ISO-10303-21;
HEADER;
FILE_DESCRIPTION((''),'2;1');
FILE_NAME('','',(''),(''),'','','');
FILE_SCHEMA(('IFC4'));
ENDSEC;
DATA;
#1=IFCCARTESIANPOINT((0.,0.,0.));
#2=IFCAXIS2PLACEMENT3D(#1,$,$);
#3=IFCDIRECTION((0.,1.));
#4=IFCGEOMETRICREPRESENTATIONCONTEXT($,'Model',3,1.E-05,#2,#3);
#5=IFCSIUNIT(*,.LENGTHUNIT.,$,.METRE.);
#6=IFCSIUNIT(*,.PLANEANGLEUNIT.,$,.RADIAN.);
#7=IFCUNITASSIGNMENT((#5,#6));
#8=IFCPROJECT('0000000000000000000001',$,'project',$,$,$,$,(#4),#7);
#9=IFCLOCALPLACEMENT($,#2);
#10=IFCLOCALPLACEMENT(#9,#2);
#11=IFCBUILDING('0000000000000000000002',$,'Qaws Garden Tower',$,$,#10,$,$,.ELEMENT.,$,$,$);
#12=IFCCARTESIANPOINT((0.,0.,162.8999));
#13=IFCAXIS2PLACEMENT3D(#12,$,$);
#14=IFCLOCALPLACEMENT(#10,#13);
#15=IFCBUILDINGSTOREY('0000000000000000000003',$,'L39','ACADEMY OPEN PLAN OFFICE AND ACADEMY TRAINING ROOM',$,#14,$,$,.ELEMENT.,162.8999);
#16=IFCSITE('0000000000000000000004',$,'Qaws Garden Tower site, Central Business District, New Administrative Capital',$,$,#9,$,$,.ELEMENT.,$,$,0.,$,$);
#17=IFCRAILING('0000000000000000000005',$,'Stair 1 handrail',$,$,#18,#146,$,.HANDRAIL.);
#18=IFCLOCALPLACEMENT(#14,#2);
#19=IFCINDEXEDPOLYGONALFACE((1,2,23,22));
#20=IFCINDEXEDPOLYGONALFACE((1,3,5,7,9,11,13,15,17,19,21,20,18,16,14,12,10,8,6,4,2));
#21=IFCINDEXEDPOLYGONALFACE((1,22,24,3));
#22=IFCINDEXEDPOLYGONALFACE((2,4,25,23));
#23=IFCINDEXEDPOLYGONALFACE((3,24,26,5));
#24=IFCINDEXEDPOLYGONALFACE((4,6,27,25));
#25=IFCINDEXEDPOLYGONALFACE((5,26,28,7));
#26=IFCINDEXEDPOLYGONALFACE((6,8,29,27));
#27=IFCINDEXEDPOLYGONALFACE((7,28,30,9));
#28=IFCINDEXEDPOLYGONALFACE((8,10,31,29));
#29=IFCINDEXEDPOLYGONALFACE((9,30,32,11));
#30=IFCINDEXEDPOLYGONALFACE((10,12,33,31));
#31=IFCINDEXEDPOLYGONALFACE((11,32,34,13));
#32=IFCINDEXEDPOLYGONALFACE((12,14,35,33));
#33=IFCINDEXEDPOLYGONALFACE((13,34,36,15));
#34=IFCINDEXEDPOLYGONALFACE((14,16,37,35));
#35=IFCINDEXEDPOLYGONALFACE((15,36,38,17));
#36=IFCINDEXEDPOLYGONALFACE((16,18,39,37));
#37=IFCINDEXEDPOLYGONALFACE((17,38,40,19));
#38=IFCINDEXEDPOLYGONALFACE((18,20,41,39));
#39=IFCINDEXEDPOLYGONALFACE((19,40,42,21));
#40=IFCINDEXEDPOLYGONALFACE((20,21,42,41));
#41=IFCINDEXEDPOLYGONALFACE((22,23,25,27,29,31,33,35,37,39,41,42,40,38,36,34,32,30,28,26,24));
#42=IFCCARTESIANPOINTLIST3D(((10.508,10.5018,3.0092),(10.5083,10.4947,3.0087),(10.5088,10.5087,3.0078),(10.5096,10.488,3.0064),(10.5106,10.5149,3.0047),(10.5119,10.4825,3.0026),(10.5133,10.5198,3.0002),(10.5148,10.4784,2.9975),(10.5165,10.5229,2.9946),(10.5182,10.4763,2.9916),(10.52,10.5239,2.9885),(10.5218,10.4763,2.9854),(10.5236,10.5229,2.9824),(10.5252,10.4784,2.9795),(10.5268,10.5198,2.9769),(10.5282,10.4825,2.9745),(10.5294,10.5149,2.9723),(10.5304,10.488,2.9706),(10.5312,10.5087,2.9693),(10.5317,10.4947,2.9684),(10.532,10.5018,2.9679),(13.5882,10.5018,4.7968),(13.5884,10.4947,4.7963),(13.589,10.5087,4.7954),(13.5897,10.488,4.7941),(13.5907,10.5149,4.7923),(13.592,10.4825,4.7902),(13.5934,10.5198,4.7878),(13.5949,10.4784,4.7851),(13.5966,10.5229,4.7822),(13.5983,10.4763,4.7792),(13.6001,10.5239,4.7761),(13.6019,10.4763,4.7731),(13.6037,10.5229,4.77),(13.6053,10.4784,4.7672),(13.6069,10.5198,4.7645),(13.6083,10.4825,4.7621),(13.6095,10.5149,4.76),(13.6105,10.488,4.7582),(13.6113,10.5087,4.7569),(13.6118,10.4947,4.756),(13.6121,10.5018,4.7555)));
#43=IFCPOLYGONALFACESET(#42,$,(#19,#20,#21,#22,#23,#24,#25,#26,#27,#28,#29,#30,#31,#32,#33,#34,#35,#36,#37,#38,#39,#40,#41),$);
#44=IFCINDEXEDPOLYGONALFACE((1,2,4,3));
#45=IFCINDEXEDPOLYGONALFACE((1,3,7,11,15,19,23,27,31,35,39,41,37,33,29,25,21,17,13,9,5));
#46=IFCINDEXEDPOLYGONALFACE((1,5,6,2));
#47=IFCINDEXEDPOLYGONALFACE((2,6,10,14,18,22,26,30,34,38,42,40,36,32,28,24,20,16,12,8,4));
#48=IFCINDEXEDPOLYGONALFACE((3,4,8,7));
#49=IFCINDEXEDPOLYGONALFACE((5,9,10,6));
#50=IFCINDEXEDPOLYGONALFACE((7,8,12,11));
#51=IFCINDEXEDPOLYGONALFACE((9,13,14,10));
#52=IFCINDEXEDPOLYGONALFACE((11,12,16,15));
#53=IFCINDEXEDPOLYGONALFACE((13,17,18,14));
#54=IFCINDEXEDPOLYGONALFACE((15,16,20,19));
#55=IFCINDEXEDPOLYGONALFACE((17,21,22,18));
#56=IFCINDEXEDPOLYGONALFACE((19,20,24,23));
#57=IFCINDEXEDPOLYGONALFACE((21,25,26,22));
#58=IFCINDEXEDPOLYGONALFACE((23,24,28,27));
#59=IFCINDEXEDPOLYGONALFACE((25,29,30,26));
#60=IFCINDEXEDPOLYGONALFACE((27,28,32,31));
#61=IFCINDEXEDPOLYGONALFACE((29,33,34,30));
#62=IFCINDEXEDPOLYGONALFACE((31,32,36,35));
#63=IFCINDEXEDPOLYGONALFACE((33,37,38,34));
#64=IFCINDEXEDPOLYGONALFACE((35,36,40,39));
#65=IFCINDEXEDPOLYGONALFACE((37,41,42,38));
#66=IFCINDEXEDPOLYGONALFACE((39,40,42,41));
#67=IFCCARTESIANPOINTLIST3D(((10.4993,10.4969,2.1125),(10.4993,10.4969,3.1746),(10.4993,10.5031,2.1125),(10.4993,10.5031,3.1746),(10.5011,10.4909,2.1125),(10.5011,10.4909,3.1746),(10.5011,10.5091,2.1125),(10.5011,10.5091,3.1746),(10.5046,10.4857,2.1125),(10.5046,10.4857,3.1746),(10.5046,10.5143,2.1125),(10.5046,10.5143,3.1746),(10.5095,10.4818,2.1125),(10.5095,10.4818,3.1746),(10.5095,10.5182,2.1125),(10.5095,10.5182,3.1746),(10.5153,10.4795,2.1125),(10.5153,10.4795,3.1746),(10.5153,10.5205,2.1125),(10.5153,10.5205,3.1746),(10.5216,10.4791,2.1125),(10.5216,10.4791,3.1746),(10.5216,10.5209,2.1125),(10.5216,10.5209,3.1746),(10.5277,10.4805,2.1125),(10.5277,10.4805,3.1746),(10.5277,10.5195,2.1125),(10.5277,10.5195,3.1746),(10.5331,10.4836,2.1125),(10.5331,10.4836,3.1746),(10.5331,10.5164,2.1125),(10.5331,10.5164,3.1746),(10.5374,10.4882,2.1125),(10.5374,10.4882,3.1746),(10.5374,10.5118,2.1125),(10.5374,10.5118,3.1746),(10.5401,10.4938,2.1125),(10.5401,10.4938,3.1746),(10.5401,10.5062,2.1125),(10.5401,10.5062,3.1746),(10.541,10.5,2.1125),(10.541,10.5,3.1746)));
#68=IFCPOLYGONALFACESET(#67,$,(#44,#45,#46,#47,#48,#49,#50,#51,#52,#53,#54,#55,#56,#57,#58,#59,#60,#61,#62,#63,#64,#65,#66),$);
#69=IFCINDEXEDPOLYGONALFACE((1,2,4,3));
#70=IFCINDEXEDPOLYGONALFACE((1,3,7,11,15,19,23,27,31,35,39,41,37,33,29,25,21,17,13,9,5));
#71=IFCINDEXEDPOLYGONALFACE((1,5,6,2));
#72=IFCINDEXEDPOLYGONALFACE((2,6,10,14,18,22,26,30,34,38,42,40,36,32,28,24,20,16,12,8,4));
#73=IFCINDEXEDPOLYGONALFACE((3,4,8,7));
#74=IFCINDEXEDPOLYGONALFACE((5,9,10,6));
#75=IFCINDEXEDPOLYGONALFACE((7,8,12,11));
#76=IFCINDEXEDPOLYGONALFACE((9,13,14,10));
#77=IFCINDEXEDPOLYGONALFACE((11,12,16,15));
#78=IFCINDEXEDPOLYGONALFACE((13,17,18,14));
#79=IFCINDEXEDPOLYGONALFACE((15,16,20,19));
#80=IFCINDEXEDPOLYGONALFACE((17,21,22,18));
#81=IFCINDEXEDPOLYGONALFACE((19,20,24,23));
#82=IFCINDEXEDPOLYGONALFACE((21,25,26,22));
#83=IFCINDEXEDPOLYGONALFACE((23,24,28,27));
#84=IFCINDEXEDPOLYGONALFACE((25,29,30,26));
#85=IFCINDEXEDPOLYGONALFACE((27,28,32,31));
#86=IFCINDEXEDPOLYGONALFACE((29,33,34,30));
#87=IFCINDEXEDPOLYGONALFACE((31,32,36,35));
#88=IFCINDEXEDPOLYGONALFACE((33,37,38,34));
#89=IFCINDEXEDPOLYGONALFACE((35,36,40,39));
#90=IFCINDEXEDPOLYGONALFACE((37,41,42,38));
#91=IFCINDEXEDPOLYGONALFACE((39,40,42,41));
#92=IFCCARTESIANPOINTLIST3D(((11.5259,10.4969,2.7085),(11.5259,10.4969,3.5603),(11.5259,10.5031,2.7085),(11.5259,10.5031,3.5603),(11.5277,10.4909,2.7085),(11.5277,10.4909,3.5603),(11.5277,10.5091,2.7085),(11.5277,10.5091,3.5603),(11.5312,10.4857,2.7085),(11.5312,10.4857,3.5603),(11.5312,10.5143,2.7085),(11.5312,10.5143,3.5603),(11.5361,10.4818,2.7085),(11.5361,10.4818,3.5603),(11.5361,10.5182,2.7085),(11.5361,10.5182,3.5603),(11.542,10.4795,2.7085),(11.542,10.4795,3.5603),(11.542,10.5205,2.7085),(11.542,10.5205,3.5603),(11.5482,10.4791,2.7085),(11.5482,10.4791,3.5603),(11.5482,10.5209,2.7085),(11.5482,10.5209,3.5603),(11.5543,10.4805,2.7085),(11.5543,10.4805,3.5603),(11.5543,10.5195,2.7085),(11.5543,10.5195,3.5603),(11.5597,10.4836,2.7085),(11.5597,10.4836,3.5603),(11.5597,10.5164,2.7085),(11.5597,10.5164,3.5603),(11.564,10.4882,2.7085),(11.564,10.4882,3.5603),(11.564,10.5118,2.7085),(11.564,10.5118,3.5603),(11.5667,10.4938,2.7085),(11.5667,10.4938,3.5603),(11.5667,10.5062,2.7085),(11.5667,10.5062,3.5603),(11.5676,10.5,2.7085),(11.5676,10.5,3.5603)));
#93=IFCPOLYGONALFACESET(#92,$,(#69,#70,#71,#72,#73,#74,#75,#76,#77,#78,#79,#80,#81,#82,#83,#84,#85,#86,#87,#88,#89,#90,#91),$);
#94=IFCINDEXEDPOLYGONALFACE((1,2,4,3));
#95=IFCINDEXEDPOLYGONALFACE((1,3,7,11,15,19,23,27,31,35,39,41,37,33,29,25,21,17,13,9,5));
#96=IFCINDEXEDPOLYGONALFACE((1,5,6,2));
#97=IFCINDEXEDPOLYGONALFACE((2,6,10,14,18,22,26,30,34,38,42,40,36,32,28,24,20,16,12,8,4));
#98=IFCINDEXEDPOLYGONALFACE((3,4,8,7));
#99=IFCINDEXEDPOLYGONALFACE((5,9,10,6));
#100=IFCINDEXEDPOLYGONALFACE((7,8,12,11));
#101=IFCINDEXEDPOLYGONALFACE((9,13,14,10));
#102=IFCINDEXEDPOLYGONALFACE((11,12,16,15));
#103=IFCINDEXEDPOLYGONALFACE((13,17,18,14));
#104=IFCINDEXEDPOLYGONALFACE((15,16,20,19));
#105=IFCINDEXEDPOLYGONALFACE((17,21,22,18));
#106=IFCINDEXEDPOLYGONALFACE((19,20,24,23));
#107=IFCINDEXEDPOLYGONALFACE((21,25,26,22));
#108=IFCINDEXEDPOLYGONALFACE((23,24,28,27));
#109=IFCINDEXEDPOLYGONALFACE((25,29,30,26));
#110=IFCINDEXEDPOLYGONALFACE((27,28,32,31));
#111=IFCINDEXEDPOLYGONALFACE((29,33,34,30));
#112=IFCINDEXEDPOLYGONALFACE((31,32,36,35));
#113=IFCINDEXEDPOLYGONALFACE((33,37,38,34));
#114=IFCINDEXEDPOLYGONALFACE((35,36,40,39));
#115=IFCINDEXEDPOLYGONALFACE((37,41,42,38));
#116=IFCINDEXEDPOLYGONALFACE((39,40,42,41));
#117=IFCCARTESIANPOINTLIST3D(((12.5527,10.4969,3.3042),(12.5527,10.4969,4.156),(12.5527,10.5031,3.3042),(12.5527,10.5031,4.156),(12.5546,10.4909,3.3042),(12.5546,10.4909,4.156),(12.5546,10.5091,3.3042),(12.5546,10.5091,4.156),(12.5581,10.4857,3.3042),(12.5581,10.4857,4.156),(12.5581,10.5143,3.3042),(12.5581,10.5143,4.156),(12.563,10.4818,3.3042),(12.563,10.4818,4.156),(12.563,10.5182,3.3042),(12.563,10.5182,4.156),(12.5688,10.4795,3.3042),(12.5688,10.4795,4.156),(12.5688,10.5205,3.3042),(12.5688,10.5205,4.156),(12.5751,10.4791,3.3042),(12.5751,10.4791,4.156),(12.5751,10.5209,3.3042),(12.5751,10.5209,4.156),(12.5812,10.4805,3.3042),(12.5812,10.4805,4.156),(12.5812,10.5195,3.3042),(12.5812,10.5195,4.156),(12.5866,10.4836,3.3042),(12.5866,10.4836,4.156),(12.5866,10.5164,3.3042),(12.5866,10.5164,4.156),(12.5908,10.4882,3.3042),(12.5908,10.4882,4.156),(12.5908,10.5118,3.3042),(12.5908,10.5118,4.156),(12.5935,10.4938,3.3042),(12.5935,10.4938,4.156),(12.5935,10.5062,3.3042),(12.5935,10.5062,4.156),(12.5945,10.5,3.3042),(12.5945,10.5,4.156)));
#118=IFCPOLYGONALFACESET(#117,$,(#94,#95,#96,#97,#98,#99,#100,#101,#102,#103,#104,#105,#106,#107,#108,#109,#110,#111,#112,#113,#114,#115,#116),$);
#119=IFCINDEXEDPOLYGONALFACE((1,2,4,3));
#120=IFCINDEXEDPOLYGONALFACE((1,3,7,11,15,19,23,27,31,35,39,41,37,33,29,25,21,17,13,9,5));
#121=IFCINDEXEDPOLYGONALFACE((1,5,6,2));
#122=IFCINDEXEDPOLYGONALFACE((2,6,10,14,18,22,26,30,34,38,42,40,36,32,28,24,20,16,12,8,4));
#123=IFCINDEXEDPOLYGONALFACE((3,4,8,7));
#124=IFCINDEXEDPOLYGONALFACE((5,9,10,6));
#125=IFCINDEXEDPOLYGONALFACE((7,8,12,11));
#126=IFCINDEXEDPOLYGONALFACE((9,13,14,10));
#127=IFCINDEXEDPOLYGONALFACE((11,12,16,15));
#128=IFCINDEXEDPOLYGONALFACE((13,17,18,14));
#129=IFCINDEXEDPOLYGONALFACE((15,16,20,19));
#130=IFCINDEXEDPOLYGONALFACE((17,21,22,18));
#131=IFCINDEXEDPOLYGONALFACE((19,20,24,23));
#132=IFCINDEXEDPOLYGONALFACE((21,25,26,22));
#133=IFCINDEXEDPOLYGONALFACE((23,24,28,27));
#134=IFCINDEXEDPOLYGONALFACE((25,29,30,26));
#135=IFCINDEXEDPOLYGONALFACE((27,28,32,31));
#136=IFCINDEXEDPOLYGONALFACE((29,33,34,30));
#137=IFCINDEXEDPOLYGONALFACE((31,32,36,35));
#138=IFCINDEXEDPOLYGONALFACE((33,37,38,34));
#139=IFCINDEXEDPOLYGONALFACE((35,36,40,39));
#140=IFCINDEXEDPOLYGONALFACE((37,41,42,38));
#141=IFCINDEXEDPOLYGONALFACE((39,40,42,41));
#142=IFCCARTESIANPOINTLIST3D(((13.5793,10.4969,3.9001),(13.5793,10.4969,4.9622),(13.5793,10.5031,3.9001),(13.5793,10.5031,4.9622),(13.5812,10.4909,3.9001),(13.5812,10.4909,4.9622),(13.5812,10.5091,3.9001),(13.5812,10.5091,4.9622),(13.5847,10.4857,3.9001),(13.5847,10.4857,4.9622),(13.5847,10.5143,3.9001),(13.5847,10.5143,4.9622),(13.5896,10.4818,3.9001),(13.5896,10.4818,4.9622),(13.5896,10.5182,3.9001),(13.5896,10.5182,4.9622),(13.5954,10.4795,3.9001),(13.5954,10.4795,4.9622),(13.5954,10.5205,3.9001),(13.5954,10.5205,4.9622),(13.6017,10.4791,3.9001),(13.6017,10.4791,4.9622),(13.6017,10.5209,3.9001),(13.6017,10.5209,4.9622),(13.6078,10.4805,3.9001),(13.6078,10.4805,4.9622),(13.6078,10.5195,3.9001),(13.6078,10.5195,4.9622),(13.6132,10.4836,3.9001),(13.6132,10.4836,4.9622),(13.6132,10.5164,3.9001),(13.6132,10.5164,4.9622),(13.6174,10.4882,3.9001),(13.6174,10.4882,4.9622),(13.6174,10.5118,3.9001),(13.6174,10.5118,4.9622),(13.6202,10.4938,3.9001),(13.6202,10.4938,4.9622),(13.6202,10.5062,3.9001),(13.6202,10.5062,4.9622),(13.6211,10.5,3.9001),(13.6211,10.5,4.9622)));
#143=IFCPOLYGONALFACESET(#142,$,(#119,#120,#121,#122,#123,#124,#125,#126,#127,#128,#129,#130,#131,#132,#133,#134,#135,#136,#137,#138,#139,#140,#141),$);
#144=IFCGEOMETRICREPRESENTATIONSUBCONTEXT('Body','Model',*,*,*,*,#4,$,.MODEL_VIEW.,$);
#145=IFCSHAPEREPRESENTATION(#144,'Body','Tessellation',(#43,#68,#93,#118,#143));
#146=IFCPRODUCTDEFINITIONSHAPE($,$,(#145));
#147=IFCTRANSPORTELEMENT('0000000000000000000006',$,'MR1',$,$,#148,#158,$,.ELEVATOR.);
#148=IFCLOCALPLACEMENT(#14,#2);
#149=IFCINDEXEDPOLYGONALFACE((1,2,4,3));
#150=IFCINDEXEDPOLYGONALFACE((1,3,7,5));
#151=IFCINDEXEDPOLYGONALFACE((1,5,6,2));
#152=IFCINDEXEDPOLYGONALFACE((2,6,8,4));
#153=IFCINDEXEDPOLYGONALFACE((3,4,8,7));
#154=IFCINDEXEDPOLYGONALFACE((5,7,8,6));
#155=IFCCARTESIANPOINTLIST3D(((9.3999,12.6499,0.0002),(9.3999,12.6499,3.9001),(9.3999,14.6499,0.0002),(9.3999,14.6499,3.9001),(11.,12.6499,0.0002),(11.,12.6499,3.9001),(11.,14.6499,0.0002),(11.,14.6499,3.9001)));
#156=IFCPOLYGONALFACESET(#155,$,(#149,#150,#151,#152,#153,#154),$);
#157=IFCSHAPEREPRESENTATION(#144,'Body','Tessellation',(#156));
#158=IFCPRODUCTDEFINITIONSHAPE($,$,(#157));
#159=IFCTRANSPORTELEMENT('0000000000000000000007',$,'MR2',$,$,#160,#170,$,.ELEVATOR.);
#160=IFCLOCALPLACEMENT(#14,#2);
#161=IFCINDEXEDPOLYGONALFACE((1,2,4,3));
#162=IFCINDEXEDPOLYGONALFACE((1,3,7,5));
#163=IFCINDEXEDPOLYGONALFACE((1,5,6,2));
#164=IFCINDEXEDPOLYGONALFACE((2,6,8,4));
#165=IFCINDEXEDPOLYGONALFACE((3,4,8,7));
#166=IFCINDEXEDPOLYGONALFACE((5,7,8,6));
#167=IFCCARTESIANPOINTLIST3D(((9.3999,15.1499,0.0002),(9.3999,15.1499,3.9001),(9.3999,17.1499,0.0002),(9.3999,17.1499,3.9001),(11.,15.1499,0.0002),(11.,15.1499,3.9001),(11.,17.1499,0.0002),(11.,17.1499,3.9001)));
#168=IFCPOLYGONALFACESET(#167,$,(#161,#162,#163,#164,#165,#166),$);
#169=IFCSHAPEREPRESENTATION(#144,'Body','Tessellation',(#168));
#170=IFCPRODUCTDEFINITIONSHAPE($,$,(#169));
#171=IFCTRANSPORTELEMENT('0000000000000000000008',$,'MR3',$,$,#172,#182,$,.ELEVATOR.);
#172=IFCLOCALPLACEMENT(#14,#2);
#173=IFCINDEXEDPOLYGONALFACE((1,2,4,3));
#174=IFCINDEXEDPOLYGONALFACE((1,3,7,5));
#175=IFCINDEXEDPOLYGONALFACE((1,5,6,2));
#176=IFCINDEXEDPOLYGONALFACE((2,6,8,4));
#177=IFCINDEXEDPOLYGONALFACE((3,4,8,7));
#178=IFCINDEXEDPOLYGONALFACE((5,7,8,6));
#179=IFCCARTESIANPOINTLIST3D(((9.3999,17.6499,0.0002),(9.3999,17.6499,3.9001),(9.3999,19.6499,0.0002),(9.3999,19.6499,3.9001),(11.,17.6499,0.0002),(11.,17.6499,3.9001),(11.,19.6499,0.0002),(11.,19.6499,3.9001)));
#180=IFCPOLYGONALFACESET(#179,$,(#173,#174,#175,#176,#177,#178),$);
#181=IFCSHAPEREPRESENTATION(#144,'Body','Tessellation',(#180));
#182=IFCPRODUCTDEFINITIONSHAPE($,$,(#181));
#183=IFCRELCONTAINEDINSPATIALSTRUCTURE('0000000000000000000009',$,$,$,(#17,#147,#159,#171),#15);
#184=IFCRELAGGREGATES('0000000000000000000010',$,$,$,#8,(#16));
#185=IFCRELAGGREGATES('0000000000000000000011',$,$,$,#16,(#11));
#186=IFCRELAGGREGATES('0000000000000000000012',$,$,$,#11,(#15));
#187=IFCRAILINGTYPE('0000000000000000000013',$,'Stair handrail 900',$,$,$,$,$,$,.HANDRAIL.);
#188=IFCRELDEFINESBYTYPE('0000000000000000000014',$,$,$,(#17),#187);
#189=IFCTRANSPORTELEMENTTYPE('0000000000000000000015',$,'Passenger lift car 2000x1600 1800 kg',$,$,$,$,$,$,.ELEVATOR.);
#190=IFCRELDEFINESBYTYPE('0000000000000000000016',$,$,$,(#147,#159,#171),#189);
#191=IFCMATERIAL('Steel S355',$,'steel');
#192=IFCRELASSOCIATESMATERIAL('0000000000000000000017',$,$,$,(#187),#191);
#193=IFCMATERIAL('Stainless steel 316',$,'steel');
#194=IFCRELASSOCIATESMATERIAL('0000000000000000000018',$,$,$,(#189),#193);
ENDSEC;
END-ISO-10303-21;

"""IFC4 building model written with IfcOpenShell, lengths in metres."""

from ifc_helpers import new_model, si_unit, direction, frame, origin, origin_2d, place, context, subcontext, project, spatial, rectangle, circle, extrude, material, type_object, element, save


model = new_model("IFC4")

# Units and contexts
model_context = context("Model", 3, precision=1e-05, world=origin(), true_north=direction((0.0, 1.0)))
body_context = subcontext(model_context, "Body", "Model", "MODEL_VIEW")
ifc_project = project(units=[si_unit("LENGTHUNIT", "METRE"), si_unit("PLANEANGLEUNIT", "RADIAN")], contexts=[model_context])

# Site, building, storey
site_placement = place(None, origin())
site = spatial("IfcSite", under=ifc_project, at=site_placement, Name="Qaws Garden Tower site, Central Business District, New Administrative Capital", CompositionType="ELEMENT", RefElevation=0.0)
building_placement = place(site_placement, origin())
building = spatial("IfcBuilding", under=site, at=building_placement, Name="Qaws Garden Tower", CompositionType="ELEMENT")
storey_placement = place(building_placement, frame((0.0, 0.0, 162.8999)))
storey = spatial("IfcBuildingStorey", under=building, at=storey_placement, Name="L39", Description="ACADEMY OPEN PLAN OFFICE AND ACADEMY TRAINING ROOM", CompositionType="ELEMENT", Elevation=162.8999)

# Railing
ifc_material_1 = material(Name="Steel S355", Category="steel")
railing_type = type_object("IfcRailingType", Name="Stair handrail 900", PredefinedType="HANDRAIL", material=ifc_material_1)
railing_1_placement = place(storey_placement, frame((10.52, 10.5, 2.1125)))
element("IfcRailing", 1, at=railing_1_placement, inside=storey, type_object=railing_type, Name="Stair 1 handrail", PredefinedType="HANDRAIL", context=body_context, shape_type="SweptSolid", body=[
    extrude(circle(Radius=0.0239, at=origin_2d()), frame((0.0, 0.0, 0.876), z_axis=(0.864891, 0.0, 0.50196), x_axis=(0.0, 1.0, 0.0)), (0.0, 0.0, 1.0), 3.5613),
    extrude(circle(Radius=0.021, at=origin_2d()), origin(), (0.0, 0.0, 1.0), 1.062),
    extrude(circle(Radius=0.021, at=origin_2d()), frame((1.0266, 0.0, 0.5959)), (0.0, 0.0, 1.0), 0.8518),
    extrude(circle(Radius=0.021, at=origin_2d()), frame((2.0535, 0.0, 1.1917)), (0.0, 0.0, 1.0), 0.8518),
    extrude(circle(Radius=0.021, at=origin_2d()), frame((3.0801, 0.0, 1.7876)), (0.0, 0.0, 1.0), 1.062),
])

# Transport elements
ifc_material_2 = material(Name="Stainless steel 316", Category="steel")
transport_element_type = type_object("IfcTransportElementType", Name="Passenger lift car 2000x1600 1800 kg", PredefinedType="ELEVATOR", material=ifc_material_2)
for number, where, z_axis, x_axis, name in (
    (2, (10.2, 13.6499, 0.0002), (0.0, 0.0, 1.0), (1.0, 0.0, 0.0), "MR1"),
    (3, (10.2, 16.1499, 0.0002), (0.0, 0.0, 1.0), (1.0, 0.0, 0.0), "MR2"),
    (4, (10.2, 18.6499, 0.0002), (0.0, 0.0, 1.0), (1.0, 0.0, 0.0), "MR3"),
):
    element("IfcTransportElement", number, at=place(storey_placement, frame(where, z_axis=z_axis, x_axis=x_axis)), inside=storey, type_object=transport_element_type, Name=name, PredefinedType="ELEVATOR", context=body_context, shape_type="SweptSolid", body=[
        extrude(rectangle(XDim=1.6001, YDim=2.0, at=origin_2d()), origin(), (0.0, 0.0, 1.0), 3.8999),
    ])

save(model, "model.ifc")
